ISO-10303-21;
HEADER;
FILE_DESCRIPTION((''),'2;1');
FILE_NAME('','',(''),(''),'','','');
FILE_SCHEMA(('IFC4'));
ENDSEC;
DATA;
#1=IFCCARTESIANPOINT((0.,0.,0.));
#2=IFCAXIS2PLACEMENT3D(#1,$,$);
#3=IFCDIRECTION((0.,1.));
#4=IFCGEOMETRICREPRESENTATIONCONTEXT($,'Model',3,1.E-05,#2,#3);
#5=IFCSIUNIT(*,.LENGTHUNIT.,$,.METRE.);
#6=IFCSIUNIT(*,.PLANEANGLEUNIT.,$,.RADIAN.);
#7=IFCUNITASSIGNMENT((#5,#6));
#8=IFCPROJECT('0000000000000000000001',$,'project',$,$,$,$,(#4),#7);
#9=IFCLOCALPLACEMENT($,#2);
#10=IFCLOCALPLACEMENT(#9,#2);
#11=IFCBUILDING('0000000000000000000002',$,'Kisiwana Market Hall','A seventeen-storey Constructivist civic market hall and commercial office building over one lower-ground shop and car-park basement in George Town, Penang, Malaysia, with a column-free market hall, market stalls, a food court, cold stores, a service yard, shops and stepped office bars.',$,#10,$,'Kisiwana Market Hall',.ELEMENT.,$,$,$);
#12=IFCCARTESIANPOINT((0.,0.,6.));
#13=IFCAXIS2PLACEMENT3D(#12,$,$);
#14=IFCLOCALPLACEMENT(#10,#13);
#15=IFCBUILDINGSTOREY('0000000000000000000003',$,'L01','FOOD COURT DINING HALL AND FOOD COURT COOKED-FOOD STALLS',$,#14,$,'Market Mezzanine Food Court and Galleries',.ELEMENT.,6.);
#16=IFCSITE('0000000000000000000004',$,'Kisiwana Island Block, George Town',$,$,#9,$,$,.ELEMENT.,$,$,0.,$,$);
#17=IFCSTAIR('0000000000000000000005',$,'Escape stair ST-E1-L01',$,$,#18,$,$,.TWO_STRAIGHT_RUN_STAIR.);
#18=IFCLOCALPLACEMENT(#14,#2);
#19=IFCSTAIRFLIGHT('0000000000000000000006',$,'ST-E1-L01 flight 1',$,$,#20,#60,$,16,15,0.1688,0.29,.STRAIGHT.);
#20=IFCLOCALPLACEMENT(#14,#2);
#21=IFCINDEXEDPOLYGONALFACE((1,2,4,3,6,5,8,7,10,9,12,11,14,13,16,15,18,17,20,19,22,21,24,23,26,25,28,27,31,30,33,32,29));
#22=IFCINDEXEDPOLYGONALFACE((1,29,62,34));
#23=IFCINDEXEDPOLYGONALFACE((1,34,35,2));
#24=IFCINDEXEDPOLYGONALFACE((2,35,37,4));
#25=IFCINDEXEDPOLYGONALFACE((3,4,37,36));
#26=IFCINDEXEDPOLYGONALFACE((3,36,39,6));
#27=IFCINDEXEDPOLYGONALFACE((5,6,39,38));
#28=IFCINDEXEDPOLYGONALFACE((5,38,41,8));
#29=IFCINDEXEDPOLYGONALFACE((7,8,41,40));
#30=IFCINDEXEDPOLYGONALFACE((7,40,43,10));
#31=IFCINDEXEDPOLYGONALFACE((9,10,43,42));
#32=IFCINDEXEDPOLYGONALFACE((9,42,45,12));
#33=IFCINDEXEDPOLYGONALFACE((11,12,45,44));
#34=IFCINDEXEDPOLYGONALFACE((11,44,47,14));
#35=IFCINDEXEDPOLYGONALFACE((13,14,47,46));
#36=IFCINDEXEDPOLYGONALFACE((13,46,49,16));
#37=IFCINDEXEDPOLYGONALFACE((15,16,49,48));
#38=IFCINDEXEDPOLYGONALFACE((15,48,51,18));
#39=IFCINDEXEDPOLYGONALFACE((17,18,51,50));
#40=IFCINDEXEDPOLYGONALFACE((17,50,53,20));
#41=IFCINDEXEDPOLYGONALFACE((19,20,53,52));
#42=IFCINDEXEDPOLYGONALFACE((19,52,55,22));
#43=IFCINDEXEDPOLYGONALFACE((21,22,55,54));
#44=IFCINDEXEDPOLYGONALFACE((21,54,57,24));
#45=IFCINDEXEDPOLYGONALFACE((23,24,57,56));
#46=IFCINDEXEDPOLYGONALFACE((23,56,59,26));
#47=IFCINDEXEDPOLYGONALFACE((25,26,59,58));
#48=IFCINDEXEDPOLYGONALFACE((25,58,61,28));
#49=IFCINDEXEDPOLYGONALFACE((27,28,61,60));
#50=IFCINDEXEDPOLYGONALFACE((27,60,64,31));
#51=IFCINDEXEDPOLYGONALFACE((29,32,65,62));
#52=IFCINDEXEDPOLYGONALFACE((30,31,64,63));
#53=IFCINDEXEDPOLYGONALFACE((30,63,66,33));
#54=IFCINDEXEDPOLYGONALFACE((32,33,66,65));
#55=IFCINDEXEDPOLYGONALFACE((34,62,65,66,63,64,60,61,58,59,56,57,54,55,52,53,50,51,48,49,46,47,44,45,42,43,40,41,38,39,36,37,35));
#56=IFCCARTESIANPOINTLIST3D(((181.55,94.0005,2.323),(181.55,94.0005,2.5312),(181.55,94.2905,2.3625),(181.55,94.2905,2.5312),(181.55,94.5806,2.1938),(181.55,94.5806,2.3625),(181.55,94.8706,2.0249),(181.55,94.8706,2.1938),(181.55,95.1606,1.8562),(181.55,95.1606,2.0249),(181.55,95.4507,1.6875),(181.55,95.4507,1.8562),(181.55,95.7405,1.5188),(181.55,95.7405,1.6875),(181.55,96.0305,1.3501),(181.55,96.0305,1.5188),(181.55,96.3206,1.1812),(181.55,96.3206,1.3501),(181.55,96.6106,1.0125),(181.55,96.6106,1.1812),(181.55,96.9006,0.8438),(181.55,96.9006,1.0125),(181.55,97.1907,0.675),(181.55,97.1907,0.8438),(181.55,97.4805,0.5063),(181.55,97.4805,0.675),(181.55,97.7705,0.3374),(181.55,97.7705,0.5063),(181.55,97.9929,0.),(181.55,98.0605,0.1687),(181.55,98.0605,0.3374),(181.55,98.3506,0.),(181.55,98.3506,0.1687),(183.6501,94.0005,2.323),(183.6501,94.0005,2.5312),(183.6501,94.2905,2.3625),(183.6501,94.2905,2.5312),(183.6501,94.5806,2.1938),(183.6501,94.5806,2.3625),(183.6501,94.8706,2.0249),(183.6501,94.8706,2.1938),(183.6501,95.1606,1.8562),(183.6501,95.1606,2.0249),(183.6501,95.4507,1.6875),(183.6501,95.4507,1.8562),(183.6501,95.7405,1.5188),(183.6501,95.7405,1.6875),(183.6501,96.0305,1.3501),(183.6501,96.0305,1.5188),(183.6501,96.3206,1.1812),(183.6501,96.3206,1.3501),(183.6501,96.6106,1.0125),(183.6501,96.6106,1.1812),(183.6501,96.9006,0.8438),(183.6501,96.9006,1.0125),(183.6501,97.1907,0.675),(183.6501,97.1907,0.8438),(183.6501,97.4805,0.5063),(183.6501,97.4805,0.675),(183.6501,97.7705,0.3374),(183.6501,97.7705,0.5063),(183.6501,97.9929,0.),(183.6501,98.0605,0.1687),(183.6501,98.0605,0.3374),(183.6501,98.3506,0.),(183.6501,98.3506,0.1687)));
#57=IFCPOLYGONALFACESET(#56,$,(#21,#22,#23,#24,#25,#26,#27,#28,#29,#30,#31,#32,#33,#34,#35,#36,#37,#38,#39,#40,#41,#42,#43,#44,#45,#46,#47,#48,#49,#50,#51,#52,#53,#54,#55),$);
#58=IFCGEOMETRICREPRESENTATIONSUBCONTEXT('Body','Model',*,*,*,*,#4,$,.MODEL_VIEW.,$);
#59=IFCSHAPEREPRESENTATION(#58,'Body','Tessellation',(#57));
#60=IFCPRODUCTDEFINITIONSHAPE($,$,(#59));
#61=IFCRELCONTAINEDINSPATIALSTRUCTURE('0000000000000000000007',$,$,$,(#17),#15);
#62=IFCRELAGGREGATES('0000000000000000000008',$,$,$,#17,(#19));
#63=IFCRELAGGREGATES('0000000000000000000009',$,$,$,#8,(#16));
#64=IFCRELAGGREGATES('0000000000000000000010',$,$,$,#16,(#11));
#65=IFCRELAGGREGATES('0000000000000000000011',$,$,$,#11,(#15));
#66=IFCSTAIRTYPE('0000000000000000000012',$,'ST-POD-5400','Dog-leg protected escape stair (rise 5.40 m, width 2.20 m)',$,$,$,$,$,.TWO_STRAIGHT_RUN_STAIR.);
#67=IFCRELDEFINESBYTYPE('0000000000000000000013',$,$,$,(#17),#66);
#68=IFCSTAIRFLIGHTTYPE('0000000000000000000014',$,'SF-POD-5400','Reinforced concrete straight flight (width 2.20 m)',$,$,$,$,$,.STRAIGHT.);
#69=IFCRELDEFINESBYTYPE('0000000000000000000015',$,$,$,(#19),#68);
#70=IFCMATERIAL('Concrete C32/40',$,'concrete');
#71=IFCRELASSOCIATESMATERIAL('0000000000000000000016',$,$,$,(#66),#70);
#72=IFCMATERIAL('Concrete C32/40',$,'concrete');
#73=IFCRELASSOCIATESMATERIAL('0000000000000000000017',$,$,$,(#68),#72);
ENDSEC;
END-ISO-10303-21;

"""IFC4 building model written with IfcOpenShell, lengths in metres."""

from ifc_helpers import new_model, si_unit, direction, frame, origin, place, context, subcontext, project, spatial, polyline, outline, extrude, material, type_object, element, aggregate, save


model = new_model("IFC4")

# Units and contexts
model_context = context("Model", 3, precision=1e-05, world=origin(), true_north=direction((0.0, 1.0)))
body_context = subcontext(model_context, "Body", "Model", "MODEL_VIEW")
ifc_project = project(units=[si_unit("LENGTHUNIT", "METRE"), si_unit("PLANEANGLEUNIT", "RADIAN")], contexts=[model_context])

# Site, building, storey
site_placement = place(None, origin())
site = spatial("IfcSite", under=ifc_project, at=site_placement, Name="Kisiwana Island Block, George Town", CompositionType="ELEMENT", RefElevation=0.0)
building_placement = place(site_placement, origin())
building = spatial("IfcBuilding", under=site, at=building_placement, Name="Kisiwana Market Hall", Description="A seventeen-storey Constructivist civic market hall and commercial office building over one lower-ground shop and car-park basement in George Town, Penang, Malaysia, with a column-free market hall, market stalls, a food court, cold stores, a service yard, shops and stepped office bars.", LongName="Kisiwana Market Hall", CompositionType="ELEMENT")
storey_placement = place(building_placement, frame((0.0, 0.0, 6.0)))
storey = spatial("IfcBuildingStorey", under=building, at=storey_placement, Name="L01", Description="FOOD COURT DINING HALL AND FOOD COURT COOKED-FOOD STALLS", LongName="Market Mezzanine Food Court and Galleries", CompositionType="ELEMENT", Elevation=6.0)

# Stair, stair flight
ifc_material_1 = material(Name="Concrete C32/40", Category="concrete")
stair_type = type_object("IfcStairType", Name="ST-POD-5400", Description="Dog-leg protected escape stair (rise 5.40 m, width 2.20 m)", PredefinedType="TWO_STRAIGHT_RUN_STAIR", material=ifc_material_1)
stair_placement = place(storey_placement, origin())
stair = element("IfcStair", 1, at=stair_placement, inside=storey, type_object=stair_type, Name="Escape stair ST-E1-L01", PredefinedType="TWO_STRAIGHT_RUN_STAIR")
ifc_material_2 = material(Name="Concrete C32/40", Category="concrete")
stair_flight_type = type_object("IfcStairFlightType", Name="SF-POD-5400", Description="Reinforced concrete straight flight (width 2.20 m)", PredefinedType="STRAIGHT", material=ifc_material_2)
stair_flight_placement = place(storey_placement, frame((182.6001, 98.3506, 0.0), z_axis=(0.0, 0.0, 1.0), x_axis=(0.0, -1.0, 0.0)))
stair_flight = element("IfcStairFlight", 2, at=stair_flight_placement, type_object=stair_flight_type, Name="ST-E1-L01 flight 1", NumberOfRisers=16, NumberOfTreads=15, PredefinedType="STRAIGHT", RiserHeight=0.1688, TreadLength=0.29, context=body_context, shape_type="SweptSolid", body=[
    extrude(outline(polyline([(0.0, 0.0), (0.0, 0.1687), (0.29, 0.1687), (0.29, 0.3374), (0.5801, 0.3374), (0.5801, 0.5063), (0.8701, 0.5063), (0.8701, 0.675), (1.1599, 0.675), (1.1599, 0.8438), (1.45, 0.8438), (1.45, 1.0125), (1.74, 1.0125), (1.74, 1.1812), (2.03, 1.1812), (2.03, 1.3501), (2.3201, 1.3501), (2.3201, 1.5188), (2.6101, 1.5188), (2.6101, 1.6875), (2.8999, 1.6875), (2.8999, 1.8562), (3.1899, 1.8562), (3.1899, 2.0249), (3.48, 2.0249), (3.48, 2.1938), (3.77, 2.1938), (3.77, 2.3625), (4.0601, 2.3625), (4.0601, 2.5312), (4.3501, 2.5312), (4.3501, 2.7), (4.3501, 2.323), (0.3577, 0.0), (0.0, 0.0)])), frame((0.0, 1.05, 0.0), z_axis=(0.0, -1.0, 0.0), x_axis=(1.0, 0.0, 0.0)), (0.0, 0.0, 1.0), 2.1001),
])
aggregate(stair, [stair_flight])

save(model, "model.ifc")
